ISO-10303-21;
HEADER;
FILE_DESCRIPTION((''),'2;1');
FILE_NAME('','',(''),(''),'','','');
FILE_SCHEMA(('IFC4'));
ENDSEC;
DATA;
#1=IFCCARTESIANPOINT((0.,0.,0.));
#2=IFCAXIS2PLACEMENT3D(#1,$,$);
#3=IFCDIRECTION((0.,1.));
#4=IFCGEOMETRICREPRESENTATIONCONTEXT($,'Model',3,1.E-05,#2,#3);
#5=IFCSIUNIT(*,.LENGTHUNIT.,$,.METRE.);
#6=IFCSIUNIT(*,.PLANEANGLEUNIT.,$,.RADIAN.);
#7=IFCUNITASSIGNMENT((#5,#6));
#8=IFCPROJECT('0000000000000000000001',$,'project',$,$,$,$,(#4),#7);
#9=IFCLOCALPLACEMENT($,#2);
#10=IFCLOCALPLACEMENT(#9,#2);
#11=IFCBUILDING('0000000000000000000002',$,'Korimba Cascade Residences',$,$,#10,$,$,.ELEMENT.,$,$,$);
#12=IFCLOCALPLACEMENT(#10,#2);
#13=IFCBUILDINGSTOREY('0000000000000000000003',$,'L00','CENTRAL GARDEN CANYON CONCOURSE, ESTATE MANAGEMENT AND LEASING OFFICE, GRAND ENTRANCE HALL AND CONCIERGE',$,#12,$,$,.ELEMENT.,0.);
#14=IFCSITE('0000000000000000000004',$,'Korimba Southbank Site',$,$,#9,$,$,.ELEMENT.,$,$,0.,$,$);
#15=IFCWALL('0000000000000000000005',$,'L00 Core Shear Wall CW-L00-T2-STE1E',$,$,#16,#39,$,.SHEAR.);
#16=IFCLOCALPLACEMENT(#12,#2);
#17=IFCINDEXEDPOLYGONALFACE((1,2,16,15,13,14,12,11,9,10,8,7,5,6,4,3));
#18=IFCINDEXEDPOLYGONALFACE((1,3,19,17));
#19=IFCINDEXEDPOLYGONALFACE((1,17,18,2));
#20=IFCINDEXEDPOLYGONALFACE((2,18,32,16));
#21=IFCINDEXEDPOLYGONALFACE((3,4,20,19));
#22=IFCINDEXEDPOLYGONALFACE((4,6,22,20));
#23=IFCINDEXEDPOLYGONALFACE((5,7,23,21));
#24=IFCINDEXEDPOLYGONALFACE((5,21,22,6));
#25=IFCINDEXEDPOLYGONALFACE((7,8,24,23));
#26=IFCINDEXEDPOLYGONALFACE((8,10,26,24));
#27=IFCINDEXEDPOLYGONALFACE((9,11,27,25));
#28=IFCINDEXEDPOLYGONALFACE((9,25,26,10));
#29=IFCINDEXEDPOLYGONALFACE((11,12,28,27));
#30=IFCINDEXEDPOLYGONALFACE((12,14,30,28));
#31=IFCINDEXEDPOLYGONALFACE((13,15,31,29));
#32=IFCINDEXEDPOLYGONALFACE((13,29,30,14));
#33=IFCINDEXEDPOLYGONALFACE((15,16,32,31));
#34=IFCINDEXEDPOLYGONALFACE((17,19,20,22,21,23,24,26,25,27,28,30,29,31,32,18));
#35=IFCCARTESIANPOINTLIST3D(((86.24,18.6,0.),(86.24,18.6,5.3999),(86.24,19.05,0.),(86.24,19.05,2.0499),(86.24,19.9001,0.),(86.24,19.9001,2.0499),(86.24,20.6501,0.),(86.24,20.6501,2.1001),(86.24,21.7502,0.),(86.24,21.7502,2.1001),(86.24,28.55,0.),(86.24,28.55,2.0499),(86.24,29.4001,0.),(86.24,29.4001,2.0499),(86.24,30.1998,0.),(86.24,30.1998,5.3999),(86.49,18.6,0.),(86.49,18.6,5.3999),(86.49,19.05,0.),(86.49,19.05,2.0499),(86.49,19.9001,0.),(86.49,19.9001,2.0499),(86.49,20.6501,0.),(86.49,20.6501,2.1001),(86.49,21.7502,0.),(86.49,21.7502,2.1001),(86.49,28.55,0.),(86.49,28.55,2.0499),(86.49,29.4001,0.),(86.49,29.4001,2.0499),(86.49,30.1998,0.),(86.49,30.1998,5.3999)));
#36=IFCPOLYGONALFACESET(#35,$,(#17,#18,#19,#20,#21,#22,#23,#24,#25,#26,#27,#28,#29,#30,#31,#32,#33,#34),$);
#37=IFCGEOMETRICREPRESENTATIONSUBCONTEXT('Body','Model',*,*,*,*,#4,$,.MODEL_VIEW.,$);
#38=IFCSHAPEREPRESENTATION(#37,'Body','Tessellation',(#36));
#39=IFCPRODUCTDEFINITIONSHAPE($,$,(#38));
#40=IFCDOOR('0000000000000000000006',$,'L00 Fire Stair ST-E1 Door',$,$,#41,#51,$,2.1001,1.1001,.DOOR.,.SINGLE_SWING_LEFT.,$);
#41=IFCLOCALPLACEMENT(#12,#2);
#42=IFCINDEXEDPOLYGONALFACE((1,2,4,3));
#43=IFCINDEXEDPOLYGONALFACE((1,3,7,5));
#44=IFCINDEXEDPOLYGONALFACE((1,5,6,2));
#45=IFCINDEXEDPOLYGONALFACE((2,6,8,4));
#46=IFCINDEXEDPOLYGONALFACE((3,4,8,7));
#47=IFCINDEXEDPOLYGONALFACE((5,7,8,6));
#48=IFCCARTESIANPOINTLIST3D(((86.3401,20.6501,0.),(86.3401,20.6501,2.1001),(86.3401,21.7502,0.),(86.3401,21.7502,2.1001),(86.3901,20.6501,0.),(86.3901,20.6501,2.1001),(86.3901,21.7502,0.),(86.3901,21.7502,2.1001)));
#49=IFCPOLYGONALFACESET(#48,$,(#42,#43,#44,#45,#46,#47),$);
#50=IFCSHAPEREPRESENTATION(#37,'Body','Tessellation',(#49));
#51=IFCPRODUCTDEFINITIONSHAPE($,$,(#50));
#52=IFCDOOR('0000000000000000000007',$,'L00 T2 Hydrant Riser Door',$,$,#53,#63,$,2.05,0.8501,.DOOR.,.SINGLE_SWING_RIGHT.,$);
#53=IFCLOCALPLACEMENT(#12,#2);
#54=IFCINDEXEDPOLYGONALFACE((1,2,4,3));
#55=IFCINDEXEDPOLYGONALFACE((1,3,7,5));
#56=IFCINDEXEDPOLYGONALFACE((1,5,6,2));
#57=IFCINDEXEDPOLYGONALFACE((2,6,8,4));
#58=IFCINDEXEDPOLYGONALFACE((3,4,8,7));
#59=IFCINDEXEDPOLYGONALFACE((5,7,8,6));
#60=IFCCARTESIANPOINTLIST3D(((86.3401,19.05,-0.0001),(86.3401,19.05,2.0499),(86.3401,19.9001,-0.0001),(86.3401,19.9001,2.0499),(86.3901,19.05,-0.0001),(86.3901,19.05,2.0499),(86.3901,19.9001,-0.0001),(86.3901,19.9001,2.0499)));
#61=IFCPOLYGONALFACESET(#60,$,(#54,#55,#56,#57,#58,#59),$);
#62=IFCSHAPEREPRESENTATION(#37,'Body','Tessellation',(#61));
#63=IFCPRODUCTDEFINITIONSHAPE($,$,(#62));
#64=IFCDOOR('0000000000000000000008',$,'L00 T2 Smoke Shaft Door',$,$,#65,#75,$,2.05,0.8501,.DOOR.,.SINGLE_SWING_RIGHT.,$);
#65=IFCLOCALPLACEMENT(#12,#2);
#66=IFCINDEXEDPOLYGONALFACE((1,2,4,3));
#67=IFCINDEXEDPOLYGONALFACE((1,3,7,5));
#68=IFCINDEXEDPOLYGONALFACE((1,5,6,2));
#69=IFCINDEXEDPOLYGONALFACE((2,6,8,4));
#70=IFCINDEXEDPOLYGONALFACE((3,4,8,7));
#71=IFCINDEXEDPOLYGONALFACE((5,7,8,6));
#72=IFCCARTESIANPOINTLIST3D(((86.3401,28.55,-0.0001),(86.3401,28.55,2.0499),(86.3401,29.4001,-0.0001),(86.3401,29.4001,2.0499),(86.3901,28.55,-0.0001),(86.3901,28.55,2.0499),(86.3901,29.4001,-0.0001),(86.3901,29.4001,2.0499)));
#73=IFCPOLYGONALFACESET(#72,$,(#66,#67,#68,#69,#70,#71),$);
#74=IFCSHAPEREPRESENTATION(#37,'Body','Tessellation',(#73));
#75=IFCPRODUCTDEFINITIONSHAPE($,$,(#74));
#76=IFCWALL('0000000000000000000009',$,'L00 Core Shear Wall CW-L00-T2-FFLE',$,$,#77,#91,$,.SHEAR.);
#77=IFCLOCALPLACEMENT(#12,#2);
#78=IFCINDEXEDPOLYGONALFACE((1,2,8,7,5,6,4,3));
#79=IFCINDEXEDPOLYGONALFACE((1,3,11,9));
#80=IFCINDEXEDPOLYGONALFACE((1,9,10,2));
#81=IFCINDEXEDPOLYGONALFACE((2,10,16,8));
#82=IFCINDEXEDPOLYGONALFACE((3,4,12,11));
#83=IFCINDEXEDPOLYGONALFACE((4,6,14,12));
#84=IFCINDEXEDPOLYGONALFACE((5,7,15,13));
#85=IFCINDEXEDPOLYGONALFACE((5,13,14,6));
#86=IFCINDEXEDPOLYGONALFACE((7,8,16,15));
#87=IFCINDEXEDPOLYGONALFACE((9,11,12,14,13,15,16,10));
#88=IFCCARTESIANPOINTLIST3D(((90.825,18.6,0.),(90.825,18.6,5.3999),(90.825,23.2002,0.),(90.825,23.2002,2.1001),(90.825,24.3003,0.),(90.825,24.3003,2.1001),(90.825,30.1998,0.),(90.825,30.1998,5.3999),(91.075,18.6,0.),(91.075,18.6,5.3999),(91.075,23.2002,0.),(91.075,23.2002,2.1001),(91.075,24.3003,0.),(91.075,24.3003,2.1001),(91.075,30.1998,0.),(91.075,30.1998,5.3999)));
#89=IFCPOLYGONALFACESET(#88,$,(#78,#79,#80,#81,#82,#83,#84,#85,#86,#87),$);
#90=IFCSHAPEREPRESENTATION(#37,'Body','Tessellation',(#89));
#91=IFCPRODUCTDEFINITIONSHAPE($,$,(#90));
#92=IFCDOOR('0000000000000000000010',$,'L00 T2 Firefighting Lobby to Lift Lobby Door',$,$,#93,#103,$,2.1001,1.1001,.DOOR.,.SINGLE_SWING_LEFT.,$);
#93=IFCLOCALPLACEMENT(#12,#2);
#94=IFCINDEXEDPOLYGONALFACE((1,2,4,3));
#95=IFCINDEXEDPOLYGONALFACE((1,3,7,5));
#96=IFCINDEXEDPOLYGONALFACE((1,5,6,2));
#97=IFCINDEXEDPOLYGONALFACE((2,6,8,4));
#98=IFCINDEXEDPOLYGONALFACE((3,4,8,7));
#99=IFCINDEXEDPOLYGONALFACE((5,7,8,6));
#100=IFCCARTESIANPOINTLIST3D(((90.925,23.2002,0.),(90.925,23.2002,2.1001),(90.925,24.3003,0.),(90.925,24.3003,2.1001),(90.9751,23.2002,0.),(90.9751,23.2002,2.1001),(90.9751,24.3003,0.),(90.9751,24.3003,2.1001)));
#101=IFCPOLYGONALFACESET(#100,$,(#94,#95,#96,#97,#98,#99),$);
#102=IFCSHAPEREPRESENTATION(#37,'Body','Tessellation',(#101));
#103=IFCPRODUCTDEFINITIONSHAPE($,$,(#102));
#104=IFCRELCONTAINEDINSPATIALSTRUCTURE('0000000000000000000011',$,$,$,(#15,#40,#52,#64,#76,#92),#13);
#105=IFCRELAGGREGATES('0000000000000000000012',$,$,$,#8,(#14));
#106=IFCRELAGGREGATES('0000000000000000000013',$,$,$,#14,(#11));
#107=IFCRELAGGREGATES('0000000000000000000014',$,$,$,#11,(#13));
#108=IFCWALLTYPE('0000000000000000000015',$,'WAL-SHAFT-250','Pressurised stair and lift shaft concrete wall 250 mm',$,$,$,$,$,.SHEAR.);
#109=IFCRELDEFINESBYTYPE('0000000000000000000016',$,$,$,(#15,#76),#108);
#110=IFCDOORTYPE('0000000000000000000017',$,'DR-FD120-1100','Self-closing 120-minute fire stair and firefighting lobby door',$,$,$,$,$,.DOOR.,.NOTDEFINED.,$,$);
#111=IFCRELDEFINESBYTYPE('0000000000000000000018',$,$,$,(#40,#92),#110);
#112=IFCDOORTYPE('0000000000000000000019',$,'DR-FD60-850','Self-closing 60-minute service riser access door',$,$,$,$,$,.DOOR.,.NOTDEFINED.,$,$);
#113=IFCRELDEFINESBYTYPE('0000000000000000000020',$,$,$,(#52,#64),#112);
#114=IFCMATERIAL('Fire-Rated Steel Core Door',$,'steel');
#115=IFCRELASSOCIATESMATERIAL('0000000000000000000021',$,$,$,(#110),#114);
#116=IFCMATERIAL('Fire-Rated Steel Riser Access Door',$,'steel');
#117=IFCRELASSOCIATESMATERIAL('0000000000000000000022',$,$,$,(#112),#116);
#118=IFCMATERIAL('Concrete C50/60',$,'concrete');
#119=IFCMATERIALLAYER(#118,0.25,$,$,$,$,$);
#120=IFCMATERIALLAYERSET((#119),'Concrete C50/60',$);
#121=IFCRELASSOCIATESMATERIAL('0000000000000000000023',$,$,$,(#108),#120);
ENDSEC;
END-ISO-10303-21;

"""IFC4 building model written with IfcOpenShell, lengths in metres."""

from ifc_helpers import new_model, si_unit, direction, frame, frame_2d, origin, place, context, subcontext, project, spatial, rectangle, extrude, material, layer, layer_set, type_object, element, fill, save


model = new_model("IFC4")

# Units and contexts
model_context = context("Model", 3, precision=1e-05, world=origin(), true_north=direction((0.0, 1.0)))
body_context = subcontext(model_context, "Body", "Model", "MODEL_VIEW")
ifc_project = project(units=[si_unit("LENGTHUNIT", "METRE"), si_unit("PLANEANGLEUNIT", "RADIAN")], contexts=[model_context])

# Site, building, storey
site_placement = place(None, origin())
site = spatial("IfcSite", under=ifc_project, at=site_placement, Name="Korimba Southbank Site", CompositionType="ELEMENT", RefElevation=0.0)
building_placement = place(site_placement, origin())
building = spatial("IfcBuilding", under=site, at=building_placement, Name="Korimba Cascade Residences", CompositionType="ELEMENT")
storey_placement = place(building_placement, origin())
storey = spatial("IfcBuildingStorey", under=building, at=storey_placement, Name="L00", Description="CENTRAL GARDEN CANYON CONCOURSE, ESTATE MANAGEMENT AND LEASING OFFICE, GRAND ENTRANCE HALL AND CONCIERGE", CompositionType="ELEMENT", Elevation=0.0)

# Shared definitions
ifc_material_1 = material(Name="Concrete C50/60", Category="concrete")

# Shared definitions
ifc_material_2 = material(Name="Fire-Rated Steel Core Door", Category="steel")
door_type_1 = type_object("IfcDoorType", Name="DR-FD120-1100", Description="Self-closing 120-minute fire stair and firefighting lobby door", OperationType="NOTDEFINED", PredefinedType="DOOR", material=ifc_material_2)

# Wall, openings, doors
ifc_material_3 = material(Name="Fire-Rated Steel Riser Access Door", Category="steel")
door_type_2 = type_object("IfcDoorType", Name="DR-FD60-850", Description="Self-closing 60-minute service riser access door", OperationType="NOTDEFINED", PredefinedType="DOOR", material=ifc_material_3)
ifc_layer_1 = layer(ifc_material_1, 0.25)
ifc_layer_set_1 = layer_set([ifc_layer_1], Name="Concrete C50/60")
wall_type_1 = type_object("IfcWallType", Name="WAL-SHAFT-250", Description="Pressurised stair and lift shaft concrete wall 250 mm", PredefinedType="SHEAR", material=ifc_layer_set_1)
wall_1_placement = place(storey_placement, frame((86.365, 18.6001, 0.0), z_axis=(0.0, 0.0, 1.0), x_axis=(0.0, 1.0, 0.0)))
wall_1 = element("IfcWall", 1, at=wall_1_placement, inside=storey, type_object=wall_type_1, Name="L00 Core Shear Wall CW-L00-T2-STE1E", PredefinedType="SHEAR", context=body_context, shape_type="SweptSolid", body=[
    extrude(rectangle(XDim=11.5999, YDim=0.25, at=frame_2d((5.7998, 0.0))), origin(), (0.0, 0.0, 1.0), 5.3999),
])
opening_1_placement = place(wall_1_placement, frame((0.45, 0.0, 0.0)))
opening_1 = element("IfcOpeningElement", 2, at=opening_1_placement, cuts=wall_1, PredefinedType="OPENING", context=body_context, shape_type="SweptSolid", body=[
    extrude(rectangle(XDim=0.8501, YDim=2.05, at=frame_2d((0.425, 1.0249))), frame((0.0, 0.135, 0.0), z_axis=(0.0, -1.0, 0.0), x_axis=(1.0, 0.0, 0.0)), (0.0, 0.0, 1.0), 0.27),
])
opening_2_placement = place(wall_1_placement, frame((2.05, 0.0, 0.0)))
opening_2 = element("IfcOpeningElement", 3, at=opening_2_placement, cuts=wall_1, PredefinedType="OPENING", context=body_context, shape_type="SweptSolid", body=[
    extrude(rectangle(XDim=1.1001, YDim=2.1001, at=frame_2d((0.55, 1.05))), frame((0.0, 0.135, 0.0), z_axis=(0.0, -1.0, 0.0), x_axis=(1.0, 0.0, 0.0)), (0.0, 0.0, 1.0), 0.27),
])
opening_3_placement = place(wall_1_placement, frame((9.95, 0.0, 0.0)))
opening_3 = element("IfcOpeningElement", 4, at=opening_3_placement, cuts=wall_1, PredefinedType="OPENING", context=body_context, shape_type="SweptSolid", body=[
    extrude(rectangle(XDim=0.8501, YDim=2.05, at=frame_2d((0.425, 1.0249))), frame((0.0, 0.135, 0.0), z_axis=(0.0, -1.0, 0.0), x_axis=(1.0, 0.0, 0.0)), (0.0, 0.0, 1.0), 0.27),
])
door_1_placement = place(opening_2_placement, origin())
door_1 = element("IfcDoor", 5, at=door_1_placement, inside=storey, type_object=door_type_1, Name="L00 Fire Stair ST-E1 Door", OperationType="SINGLE_SWING_LEFT", OverallHeight=2.1001, OverallWidth=1.1001, PredefinedType="DOOR", context=body_context, shape_type="SweptSolid", body=[
    extrude(rectangle(XDim=1.1001, YDim=2.1001, at=frame_2d((0.55, 1.05))), frame((0.0, 0.0249, 0.0), z_axis=(0.0, -1.0, 0.0), x_axis=(1.0, 0.0, 0.0)), (0.0, 0.0, 1.0), 0.05),
])
fill(opening_2, door_1)
door_2_placement = place(opening_1_placement, origin())
door_2 = element("IfcDoor", 6, at=door_2_placement, inside=storey, type_object=door_type_2, Name="L00 T2 Hydrant Riser Door", OperationType="SINGLE_SWING_RIGHT", OverallHeight=2.05, OverallWidth=0.8501, PredefinedType="DOOR", context=body_context, shape_type="SweptSolid", body=[
    extrude(rectangle(XDim=0.8501, YDim=2.05, at=frame_2d((0.425, 1.0249))), frame((0.0, 0.0249, 0.0), z_axis=(0.0, -1.0, 0.0), x_axis=(1.0, 0.0, 0.0)), (0.0, 0.0, 1.0), 0.05),
])
fill(opening_1, door_2)
door_3_placement = place(opening_3_placement, origin())
door_3 = element("IfcDoor", 7, at=door_3_placement, inside=storey, type_object=door_type_2, Name="L00 T2 Smoke Shaft Door", OperationType="SINGLE_SWING_RIGHT", OverallHeight=2.05, OverallWidth=0.8501, PredefinedType="DOOR", context=body_context, shape_type="SweptSolid", body=[
    extrude(rectangle(XDim=0.8501, YDim=2.05, at=frame_2d((0.425, 1.0249))), frame((0.0, 0.0249, 0.0), z_axis=(0.0, -1.0, 0.0), x_axis=(1.0, 0.0, 0.0)), (0.0, 0.0, 1.0), 0.05),
])
fill(opening_3, door_3)

# Wall, opening, door
wall_2_placement = place(storey_placement, frame((90.95, 18.6001, 0.0), z_axis=(0.0, 0.0, 1.0), x_axis=(0.0, 1.0, 0.0)))
wall_2 = element("IfcWall", 8, at=wall_2_placement, inside=storey, type_object=wall_type_1, Name="L00 Core Shear Wall CW-L00-T2-FFLE", PredefinedType="SHEAR", context=body_context, shape_type="SweptSolid", body=[
    extrude(rectangle(XDim=11.5999, YDim=0.25, at=frame_2d((5.7998, 0.0))), origin(), (0.0, 0.0, 1.0), 5.3999),
])
opening_4_placement = place(wall_2_placement, frame((4.6001, 0.0, 0.0)))
opening_4 = element("IfcOpeningElement", 9, at=opening_4_placement, cuts=wall_2, PredefinedType="OPENING", context=body_context, shape_type="SweptSolid", body=[
    extrude(rectangle(XDim=1.1001, YDim=2.1001, at=frame_2d((0.55, 1.05))), frame((0.0, 0.135, 0.0), z_axis=(0.0, -1.0, 0.0), x_axis=(1.0, 0.0, 0.0)), (0.0, 0.0, 1.0), 0.27),
])
door_4_placement = place(opening_4_placement, origin())
door_4 = element("IfcDoor", 10, at=door_4_placement, inside=storey, type_object=door_type_1, Name="L00 T2 Firefighting Lobby to Lift Lobby Door", OperationType="SINGLE_SWING_LEFT", OverallHeight=2.1001, OverallWidth=1.1001, PredefinedType="DOOR", context=body_context, shape_type="SweptSolid", body=[
    extrude(rectangle(XDim=1.1001, YDim=2.1001, at=frame_2d((0.55, 1.05))), frame((0.0, 0.0249, 0.0), z_axis=(0.0, -1.0, 0.0), x_axis=(1.0, 0.0, 0.0)), (0.0, 0.0, 1.0), 0.05),
])
fill(opening_4, door_4)

save(model, "model.ifc")
